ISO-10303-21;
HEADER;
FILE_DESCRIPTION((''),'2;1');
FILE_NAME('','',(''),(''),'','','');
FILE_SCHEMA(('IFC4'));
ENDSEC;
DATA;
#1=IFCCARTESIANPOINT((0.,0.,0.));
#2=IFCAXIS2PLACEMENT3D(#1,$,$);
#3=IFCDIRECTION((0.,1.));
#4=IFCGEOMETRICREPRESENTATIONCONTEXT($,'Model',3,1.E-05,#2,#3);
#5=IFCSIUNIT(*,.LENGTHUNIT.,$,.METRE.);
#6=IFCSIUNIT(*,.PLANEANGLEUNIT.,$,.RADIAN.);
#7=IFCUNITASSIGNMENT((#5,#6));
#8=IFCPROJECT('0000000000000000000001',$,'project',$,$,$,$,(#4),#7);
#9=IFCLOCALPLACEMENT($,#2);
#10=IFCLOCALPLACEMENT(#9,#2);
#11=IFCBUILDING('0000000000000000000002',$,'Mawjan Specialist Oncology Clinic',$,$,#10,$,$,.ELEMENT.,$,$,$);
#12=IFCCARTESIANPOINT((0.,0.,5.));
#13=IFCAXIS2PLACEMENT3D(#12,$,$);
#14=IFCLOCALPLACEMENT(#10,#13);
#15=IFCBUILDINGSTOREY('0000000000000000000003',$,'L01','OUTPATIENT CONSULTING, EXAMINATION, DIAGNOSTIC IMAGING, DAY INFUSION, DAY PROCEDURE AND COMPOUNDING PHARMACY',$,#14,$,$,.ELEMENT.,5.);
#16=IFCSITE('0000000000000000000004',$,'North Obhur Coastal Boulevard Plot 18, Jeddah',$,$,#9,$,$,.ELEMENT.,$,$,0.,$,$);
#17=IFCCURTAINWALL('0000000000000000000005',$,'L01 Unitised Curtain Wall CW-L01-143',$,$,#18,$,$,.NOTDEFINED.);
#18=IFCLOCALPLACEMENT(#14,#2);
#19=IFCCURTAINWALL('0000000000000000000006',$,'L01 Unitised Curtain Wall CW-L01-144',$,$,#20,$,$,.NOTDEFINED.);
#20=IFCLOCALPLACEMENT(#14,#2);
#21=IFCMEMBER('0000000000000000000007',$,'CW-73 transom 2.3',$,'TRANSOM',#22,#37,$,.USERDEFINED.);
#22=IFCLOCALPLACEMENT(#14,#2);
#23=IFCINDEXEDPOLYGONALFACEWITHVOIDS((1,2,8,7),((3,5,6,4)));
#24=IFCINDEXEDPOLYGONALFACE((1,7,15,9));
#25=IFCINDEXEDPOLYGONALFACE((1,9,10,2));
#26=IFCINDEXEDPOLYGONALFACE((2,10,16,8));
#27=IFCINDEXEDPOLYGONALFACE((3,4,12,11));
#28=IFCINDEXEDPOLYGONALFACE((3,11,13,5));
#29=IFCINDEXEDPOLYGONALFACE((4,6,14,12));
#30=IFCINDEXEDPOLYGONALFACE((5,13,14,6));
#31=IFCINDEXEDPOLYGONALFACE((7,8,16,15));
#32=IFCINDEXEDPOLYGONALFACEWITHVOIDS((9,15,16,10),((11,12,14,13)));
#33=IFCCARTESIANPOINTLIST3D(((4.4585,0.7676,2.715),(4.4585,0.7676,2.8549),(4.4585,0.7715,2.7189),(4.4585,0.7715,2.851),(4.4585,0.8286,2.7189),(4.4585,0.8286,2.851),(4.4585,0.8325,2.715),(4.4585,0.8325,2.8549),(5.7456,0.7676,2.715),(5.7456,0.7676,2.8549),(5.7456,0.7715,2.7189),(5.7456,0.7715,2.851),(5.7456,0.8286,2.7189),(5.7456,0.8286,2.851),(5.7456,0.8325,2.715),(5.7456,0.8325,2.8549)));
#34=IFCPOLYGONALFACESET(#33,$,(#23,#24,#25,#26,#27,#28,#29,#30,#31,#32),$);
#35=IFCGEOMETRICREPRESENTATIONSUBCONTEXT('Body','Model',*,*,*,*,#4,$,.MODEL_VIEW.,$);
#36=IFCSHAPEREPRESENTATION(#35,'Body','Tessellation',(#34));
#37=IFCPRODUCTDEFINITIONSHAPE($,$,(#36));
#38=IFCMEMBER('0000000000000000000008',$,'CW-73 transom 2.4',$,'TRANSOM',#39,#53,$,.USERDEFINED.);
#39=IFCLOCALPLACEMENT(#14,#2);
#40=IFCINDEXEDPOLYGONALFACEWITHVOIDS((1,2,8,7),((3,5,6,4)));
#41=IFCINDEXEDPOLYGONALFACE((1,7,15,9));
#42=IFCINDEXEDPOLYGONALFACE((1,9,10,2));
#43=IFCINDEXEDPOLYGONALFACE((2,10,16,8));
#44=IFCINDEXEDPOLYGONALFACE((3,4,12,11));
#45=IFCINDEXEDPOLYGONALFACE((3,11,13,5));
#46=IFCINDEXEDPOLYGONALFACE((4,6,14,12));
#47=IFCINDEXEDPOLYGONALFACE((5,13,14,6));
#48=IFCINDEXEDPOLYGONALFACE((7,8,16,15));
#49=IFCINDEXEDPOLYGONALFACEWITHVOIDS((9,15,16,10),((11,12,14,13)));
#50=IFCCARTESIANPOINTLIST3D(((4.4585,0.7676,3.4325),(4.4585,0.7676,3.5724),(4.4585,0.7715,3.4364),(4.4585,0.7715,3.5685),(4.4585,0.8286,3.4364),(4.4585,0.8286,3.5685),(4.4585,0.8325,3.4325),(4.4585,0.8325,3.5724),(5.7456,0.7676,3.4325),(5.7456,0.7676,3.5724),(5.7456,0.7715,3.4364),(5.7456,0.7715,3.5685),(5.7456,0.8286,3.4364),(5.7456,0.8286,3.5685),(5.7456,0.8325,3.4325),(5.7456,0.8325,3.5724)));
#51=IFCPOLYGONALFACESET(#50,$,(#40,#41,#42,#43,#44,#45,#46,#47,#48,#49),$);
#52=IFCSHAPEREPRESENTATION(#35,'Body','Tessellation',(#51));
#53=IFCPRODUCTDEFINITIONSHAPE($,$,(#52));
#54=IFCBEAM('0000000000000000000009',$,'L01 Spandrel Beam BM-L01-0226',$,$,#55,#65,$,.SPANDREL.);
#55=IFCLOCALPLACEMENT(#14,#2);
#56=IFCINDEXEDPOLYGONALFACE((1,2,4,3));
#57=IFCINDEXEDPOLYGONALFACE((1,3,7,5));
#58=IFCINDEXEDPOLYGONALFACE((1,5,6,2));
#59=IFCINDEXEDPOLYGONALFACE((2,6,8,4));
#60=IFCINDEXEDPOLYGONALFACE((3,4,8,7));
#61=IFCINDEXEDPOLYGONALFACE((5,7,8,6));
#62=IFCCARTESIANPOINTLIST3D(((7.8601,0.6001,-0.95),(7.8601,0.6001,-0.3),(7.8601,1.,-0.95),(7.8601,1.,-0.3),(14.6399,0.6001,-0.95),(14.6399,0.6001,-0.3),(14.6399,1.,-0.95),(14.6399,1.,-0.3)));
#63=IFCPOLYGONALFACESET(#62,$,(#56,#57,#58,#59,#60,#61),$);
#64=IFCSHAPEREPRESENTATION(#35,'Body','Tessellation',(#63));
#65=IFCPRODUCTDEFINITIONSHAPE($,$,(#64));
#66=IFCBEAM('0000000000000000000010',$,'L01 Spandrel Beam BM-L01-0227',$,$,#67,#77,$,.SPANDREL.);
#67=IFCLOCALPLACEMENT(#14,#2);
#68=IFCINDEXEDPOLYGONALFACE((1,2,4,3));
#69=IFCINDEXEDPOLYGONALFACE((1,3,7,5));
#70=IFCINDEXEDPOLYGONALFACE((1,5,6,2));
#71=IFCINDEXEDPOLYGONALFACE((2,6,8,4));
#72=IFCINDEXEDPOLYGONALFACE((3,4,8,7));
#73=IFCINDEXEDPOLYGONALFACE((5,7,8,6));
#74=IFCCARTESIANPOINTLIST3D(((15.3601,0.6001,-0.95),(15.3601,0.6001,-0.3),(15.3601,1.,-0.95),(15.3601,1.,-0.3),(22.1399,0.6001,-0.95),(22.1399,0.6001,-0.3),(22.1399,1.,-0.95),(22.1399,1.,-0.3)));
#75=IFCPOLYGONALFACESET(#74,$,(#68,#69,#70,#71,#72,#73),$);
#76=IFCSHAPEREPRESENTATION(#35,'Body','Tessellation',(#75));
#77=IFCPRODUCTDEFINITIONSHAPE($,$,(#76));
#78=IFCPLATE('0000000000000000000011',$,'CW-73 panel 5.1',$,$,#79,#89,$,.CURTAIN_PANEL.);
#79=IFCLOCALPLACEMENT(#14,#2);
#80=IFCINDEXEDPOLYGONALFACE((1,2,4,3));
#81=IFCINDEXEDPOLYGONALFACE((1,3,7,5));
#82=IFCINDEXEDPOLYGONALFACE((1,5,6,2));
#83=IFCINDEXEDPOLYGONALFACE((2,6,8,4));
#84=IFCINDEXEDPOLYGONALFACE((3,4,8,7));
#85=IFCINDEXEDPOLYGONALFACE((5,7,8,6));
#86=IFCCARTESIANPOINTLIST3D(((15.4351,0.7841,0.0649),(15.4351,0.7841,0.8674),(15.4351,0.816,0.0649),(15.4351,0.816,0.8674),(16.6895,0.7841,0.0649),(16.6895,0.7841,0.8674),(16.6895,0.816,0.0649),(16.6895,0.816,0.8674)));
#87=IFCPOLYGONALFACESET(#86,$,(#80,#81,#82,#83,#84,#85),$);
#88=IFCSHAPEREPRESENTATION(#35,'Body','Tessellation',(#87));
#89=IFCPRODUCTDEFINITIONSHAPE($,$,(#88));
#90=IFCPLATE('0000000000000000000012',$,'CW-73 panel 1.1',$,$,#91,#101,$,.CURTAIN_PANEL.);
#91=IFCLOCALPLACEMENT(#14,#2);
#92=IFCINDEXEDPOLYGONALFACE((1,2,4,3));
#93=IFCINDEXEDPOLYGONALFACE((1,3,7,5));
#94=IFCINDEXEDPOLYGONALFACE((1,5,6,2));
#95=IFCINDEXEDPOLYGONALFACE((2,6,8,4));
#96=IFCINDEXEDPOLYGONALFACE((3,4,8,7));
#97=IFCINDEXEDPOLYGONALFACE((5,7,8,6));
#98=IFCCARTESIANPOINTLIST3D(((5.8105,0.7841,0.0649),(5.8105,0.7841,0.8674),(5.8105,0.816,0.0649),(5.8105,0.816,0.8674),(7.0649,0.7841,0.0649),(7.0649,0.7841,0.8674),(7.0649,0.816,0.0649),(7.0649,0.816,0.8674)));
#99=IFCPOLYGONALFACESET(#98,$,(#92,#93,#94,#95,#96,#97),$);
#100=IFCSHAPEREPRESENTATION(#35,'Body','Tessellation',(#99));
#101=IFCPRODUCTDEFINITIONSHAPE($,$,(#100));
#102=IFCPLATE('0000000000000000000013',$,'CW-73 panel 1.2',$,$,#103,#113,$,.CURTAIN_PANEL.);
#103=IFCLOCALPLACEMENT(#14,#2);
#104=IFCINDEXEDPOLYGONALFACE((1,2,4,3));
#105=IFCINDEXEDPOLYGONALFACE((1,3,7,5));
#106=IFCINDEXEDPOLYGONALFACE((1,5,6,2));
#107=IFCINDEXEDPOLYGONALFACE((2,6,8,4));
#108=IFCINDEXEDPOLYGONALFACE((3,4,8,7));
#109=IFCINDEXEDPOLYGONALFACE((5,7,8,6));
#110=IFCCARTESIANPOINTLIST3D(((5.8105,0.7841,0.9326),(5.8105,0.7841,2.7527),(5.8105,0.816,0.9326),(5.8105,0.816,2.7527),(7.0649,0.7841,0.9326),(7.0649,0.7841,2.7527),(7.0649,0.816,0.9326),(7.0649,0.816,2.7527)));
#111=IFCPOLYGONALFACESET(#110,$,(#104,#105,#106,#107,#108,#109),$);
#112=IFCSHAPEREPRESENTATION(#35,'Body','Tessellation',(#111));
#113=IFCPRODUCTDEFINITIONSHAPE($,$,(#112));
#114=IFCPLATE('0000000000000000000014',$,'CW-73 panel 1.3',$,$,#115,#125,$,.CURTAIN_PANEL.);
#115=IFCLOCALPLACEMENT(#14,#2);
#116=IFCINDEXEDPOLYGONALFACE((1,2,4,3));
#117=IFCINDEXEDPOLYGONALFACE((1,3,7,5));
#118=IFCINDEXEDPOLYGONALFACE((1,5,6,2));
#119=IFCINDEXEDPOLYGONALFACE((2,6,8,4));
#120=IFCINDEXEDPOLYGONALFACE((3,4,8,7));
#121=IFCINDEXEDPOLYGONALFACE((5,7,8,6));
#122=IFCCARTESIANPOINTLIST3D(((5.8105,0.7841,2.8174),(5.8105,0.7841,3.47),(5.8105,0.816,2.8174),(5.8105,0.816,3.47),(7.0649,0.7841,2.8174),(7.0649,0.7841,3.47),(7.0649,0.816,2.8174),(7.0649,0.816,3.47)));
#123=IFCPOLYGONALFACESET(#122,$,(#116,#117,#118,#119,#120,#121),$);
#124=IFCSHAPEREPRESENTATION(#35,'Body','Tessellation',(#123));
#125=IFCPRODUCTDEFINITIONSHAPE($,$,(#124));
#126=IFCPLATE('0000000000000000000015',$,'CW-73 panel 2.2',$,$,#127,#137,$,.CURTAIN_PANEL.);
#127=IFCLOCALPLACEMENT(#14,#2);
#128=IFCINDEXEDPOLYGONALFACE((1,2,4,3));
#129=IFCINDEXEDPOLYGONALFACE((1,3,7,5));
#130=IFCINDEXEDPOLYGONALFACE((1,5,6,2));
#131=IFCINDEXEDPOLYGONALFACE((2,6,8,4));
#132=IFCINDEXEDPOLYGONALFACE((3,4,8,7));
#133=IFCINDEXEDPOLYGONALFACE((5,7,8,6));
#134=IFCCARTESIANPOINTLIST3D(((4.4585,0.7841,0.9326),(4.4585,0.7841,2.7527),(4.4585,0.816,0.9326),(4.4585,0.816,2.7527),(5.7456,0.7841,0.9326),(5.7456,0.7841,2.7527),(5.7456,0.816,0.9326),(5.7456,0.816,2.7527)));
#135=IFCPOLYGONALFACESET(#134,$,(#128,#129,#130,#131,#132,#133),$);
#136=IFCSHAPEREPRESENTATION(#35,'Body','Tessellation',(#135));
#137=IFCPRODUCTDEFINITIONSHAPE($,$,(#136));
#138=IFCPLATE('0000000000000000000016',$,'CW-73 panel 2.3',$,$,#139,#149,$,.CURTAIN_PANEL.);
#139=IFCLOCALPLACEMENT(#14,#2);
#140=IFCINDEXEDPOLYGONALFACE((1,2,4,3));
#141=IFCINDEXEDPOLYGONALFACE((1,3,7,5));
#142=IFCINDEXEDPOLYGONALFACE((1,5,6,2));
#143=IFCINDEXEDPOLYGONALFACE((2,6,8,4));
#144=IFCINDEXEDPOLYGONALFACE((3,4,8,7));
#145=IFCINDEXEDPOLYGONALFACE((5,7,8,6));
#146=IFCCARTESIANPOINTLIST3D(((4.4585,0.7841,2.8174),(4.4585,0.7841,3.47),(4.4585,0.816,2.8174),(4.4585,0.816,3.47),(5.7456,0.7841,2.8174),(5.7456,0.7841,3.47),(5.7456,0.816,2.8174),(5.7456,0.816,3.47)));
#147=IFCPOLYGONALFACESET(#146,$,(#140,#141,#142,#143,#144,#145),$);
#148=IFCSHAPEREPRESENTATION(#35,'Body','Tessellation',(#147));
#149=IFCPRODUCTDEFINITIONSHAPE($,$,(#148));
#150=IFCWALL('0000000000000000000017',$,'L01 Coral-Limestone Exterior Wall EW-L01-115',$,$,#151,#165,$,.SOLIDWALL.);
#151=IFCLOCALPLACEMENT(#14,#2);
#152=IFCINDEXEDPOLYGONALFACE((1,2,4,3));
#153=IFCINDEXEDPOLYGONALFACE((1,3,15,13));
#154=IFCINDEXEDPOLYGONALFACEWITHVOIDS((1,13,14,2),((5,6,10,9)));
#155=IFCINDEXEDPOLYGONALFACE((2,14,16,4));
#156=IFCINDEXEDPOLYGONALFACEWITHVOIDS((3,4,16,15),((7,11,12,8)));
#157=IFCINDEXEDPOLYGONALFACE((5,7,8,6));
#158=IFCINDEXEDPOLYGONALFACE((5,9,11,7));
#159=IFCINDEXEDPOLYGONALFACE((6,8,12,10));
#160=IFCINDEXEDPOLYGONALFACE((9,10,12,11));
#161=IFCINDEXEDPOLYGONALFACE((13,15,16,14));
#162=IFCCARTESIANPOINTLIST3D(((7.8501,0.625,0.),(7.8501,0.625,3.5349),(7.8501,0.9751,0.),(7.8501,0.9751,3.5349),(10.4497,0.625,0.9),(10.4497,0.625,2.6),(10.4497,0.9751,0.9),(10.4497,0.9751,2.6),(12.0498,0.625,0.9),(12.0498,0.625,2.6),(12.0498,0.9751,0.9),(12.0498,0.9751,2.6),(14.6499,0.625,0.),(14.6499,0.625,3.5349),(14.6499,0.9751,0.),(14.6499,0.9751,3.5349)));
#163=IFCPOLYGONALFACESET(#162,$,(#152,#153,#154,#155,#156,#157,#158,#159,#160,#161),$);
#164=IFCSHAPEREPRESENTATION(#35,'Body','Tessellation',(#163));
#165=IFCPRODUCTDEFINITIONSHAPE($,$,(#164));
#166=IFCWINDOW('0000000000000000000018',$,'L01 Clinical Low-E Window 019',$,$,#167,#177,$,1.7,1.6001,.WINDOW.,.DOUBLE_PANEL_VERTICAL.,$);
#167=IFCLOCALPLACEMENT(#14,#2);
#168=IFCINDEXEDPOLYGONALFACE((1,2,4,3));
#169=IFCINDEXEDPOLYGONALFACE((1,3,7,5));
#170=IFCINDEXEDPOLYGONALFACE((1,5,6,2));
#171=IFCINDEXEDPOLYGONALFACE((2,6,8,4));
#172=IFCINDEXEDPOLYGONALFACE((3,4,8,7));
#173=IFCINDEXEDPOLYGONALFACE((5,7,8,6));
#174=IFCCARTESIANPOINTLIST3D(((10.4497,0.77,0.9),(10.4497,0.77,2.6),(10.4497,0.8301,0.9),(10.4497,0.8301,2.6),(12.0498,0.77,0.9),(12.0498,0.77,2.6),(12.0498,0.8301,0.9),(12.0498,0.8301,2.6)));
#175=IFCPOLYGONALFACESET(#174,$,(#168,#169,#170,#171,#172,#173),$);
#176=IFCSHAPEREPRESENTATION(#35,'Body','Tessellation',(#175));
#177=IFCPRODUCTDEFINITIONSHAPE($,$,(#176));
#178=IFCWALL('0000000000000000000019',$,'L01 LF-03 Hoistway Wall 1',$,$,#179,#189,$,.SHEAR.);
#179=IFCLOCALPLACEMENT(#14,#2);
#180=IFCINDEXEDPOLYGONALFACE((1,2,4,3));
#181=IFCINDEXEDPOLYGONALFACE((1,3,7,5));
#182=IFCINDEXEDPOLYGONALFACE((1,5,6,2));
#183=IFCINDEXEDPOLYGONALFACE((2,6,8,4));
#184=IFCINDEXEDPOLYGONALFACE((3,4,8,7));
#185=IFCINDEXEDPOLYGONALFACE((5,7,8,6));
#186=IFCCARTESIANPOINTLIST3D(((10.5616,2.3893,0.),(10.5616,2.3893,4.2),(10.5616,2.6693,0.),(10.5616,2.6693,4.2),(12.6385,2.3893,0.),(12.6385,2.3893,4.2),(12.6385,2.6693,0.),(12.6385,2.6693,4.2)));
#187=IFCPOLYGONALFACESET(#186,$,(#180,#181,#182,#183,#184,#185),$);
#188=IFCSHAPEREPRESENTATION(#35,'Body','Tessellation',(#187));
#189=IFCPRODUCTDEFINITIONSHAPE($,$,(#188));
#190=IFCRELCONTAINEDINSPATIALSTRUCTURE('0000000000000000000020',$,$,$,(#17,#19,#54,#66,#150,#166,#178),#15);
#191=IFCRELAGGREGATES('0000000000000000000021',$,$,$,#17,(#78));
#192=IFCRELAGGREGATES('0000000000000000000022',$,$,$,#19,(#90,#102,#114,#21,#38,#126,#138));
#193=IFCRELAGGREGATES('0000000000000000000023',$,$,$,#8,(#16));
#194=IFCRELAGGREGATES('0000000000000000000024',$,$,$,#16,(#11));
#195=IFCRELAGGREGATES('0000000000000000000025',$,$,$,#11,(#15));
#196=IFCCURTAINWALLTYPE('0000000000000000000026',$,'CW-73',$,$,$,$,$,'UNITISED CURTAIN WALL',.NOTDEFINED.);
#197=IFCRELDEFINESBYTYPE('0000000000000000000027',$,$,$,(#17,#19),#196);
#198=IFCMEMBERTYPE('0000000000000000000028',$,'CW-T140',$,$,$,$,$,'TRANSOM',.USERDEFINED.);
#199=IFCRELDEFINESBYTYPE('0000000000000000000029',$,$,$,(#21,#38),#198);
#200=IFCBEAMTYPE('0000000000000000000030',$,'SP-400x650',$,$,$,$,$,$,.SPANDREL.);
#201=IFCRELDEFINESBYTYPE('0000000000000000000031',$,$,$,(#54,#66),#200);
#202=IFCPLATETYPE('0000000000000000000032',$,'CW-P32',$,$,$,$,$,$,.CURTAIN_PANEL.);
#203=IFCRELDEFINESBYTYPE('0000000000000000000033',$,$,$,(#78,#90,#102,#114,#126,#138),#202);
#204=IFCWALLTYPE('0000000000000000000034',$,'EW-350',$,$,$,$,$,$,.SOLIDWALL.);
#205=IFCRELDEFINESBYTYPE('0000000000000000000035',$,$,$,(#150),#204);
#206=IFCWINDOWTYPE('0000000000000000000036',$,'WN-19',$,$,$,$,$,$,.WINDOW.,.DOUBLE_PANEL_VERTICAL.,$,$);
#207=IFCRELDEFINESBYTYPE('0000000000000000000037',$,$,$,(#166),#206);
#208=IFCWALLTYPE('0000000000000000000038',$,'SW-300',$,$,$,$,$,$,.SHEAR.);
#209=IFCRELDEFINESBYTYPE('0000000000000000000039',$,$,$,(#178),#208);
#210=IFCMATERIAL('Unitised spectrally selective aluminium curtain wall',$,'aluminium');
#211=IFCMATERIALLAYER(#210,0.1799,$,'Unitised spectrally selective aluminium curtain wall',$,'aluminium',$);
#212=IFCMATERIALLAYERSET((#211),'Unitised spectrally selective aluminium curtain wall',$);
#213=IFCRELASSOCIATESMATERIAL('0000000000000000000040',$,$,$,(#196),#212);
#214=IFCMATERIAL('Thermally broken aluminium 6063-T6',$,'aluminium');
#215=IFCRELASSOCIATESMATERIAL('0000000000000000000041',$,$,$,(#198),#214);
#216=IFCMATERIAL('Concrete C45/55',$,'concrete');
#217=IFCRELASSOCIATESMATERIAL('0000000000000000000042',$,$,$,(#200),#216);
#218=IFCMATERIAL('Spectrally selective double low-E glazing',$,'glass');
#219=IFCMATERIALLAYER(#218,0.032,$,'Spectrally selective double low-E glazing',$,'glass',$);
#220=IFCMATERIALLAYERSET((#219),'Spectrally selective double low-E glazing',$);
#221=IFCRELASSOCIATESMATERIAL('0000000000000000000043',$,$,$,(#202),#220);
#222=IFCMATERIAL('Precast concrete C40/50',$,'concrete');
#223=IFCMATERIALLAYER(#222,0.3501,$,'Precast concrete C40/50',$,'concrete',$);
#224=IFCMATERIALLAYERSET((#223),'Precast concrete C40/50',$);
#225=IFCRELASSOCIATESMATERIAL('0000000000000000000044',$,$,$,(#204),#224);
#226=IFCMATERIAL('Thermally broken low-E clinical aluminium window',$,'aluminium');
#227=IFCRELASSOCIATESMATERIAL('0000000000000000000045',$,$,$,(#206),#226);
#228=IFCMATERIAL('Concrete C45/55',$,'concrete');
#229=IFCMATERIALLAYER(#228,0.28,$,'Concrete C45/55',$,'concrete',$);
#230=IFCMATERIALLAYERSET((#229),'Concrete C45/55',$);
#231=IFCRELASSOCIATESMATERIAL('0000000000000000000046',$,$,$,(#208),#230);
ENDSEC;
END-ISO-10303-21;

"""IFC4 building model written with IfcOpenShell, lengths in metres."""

from ifc_helpers import new_model, si_unit, direction, frame, frame_2d, origin, origin_2d, place, context, subcontext, project, spatial, rectangle, hollow_rectangle, extrude, material, layer, layer_set, material_profile, profile_set, type_object, element, fill, aggregate, save


model = new_model("IFC4")

# Units and contexts
model_context = context("Model", 3, precision=1e-05, world=origin(), true_north=direction((0.0, 1.0)))
body_context = subcontext(model_context, "Body", "Model", "MODEL_VIEW")
ifc_project = project(units=[si_unit("LENGTHUNIT", "METRE"), si_unit("PLANEANGLEUNIT", "RADIAN")], contexts=[model_context])

# Site, building, storey
site_placement = place(None, origin())
site = spatial("IfcSite", under=ifc_project, at=site_placement, Name="North Obhur Coastal Boulevard Plot 18, Jeddah", CompositionType="ELEMENT", RefElevation=0.0)
building_placement = place(site_placement, origin())
building = spatial("IfcBuilding", under=site, at=building_placement, Name="Mawjan Specialist Oncology Clinic", CompositionType="ELEMENT")
storey_placement = place(building_placement, frame((0.0, 0.0, 5.0)))
storey = spatial("IfcBuildingStorey", under=building, at=storey_placement, Name="L01", Description="OUTPATIENT CONSULTING, EXAMINATION, DIAGNOSTIC IMAGING, DAY INFUSION, DAY PROCEDURE AND COMPOUNDING PHARMACY", CompositionType="ELEMENT", Elevation=5.0)

# Curtain wall
ifc_material_1 = material(Name="Unitised spectrally selective aluminium curtain wall", Category="aluminium")
ifc_layer_1 = layer(ifc_material_1, 0.1799, Name="Unitised spectrally selective aluminium curtain wall", Category="aluminium")
ifc_layer_set_1 = layer_set([ifc_layer_1], Name="Unitised spectrally selective aluminium curtain wall")
curtain_wall_type = type_object("IfcCurtainWallType", Name="CW-73", ElementType="UNITISED CURTAIN WALL", PredefinedType="NOTDEFINED", material=ifc_layer_set_1)
curtain_wall_1_placement = place(storey_placement, origin())
curtain_wall_1 = element("IfcCurtainWall", 1, at=curtain_wall_1_placement, inside=storey, type_object=curtain_wall_type, Name="L01 Unitised Curtain Wall CW-L01-143", PredefinedType="NOTDEFINED")

# Curtain wall, members
curtain_wall_2_placement = place(storey_placement, origin())
curtain_wall_2 = element("IfcCurtainWall", 2, at=curtain_wall_2_placement, inside=storey, type_object=curtain_wall_type, Name="L01 Unitised Curtain Wall CW-L01-144", PredefinedType="NOTDEFINED")
ifc_material_2 = material(Name="Thermally broken aluminium 6063-T6", Category="aluminium")
ifc_material_profile_1 = material_profile(ifc_material_2, hollow_rectangle(XDim=0.0649, YDim=0.1399, WallThickness=0.0039, at=origin_2d()), Name="ALU TRANSOM 140x65x4", Category="aluminium")
ifc_profile_set_1 = profile_set([ifc_material_profile_1], Name="Thermally broken aluminium 6063-T6")
member_type_1 = type_object("IfcMemberType", Name="CW-T140", ElementType="TRANSOM", PredefinedType="USERDEFINED", material=ifc_profile_set_1)
member_1_placement = place(storey_placement, frame((5.7456, 0.8, 2.7849), z_axis=(-1.0, 0.0, 0.0), x_axis=(0.0, -1.0, 0.0)))
member_1 = element("IfcMember", 3, at=member_1_placement, type_object=member_type_1, Name="CW-73 transom 2.3", ObjectType="TRANSOM", PredefinedType="USERDEFINED", context=body_context, shape_type="SweptSolid", body=[
    extrude(hollow_rectangle(XDim=0.0649, YDim=0.1399, WallThickness=0.0039, at=origin_2d()), origin(), (0.0, 0.0, 1.0), 1.2871),
])
member_2_placement = place(storey_placement, frame((5.7456, 0.8, 3.5024), z_axis=(-1.0, 0.0, 0.0), x_axis=(0.0, -1.0, 0.0)))
member_2 = element("IfcMember", 4, at=member_2_placement, type_object=member_type_1, Name="CW-73 transom 2.4", ObjectType="TRANSOM", PredefinedType="USERDEFINED", context=body_context, shape_type="SweptSolid", body=[
    extrude(hollow_rectangle(XDim=0.0649, YDim=0.1399, WallThickness=0.0039, at=origin_2d()), origin(), (0.0, 0.0, 1.0), 1.2871),
])

# Beams
ifc_material_3 = material(Name="Concrete C45/55", Category="concrete")
ifc_material_profile_2 = material_profile(ifc_material_3, rectangle(XDim=0.3999, YDim=0.6499, at=origin_2d()), Name="RC BM 400x650", Category="concrete")
ifc_profile_set_2 = profile_set([ifc_material_profile_2], Name="Concrete C45/55")
beam_type = type_object("IfcBeamType", Name="SP-400x650", PredefinedType="SPANDREL", material=ifc_profile_set_2)
for number, where, z_axis, x_axis, name in (
    (5, (7.8601, 0.8, -0.625), (1.0, 0.0, 0.0), (0.0, 1.0, 0.0), "L01 Spandrel Beam BM-L01-0226"),
    (6, (15.3601, 0.8, -0.625), (1.0, 0.0, 0.0), (0.0, 1.0, 0.0), "L01 Spandrel Beam BM-L01-0227"),
):
    element("IfcBeam", number, at=place(storey_placement, frame(where, z_axis=z_axis, x_axis=x_axis)), inside=storey, type_object=beam_type, Name=name, PredefinedType="SPANDREL", context=body_context, shape_type="SweptSolid", body=[
        extrude(rectangle(XDim=0.3999, YDim=0.6499, at=origin_2d()), origin(), (0.0, 0.0, 1.0), 6.7798),
    ])

# Plates
ifc_material_4 = material(Name="Spectrally selective double low-E glazing", Category="glass")
ifc_layer_2 = layer(ifc_material_4, 0.032, Name="Spectrally selective double low-E glazing", Category="glass")
ifc_layer_set_2 = layer_set([ifc_layer_2], Name="Spectrally selective double low-E glazing")
plate_type = type_object("IfcPlateType", Name="CW-P32", PredefinedType="CURTAIN_PANEL", material=ifc_layer_set_2)
plate_1_placement = place(storey_placement, frame((16.0623, 0.8, 0.0649), z_axis=(0.0, 0.0, 1.0), x_axis=(-1.0, 0.0, 0.0)))
plate_1 = element("IfcPlate", 7, at=plate_1_placement, type_object=plate_type, Name="CW-73 panel 5.1", PredefinedType="CURTAIN_PANEL", context=body_context, shape_type="SweptSolid", body=[
    extrude(rectangle(XDim=1.2544, YDim=0.032, at=origin_2d()), origin(), (0.0, 0.0, 1.0), 0.8025),
])
aggregate(curtain_wall_1, [plate_1])
plate_2_placement = place(storey_placement, frame((6.4377, 0.8, 0.0649), z_axis=(0.0, 0.0, 1.0), x_axis=(-1.0, 0.0, 0.0)))
plate_2 = element("IfcPlate", 8, at=plate_2_placement, type_object=plate_type, Name="CW-73 panel 1.1", PredefinedType="CURTAIN_PANEL", context=body_context, shape_type="SweptSolid", body=[
    extrude(rectangle(XDim=1.2544, YDim=0.032, at=origin_2d()), origin(), (0.0, 0.0, 1.0), 0.8025),
])
plate_3_placement = place(storey_placement, frame((6.4377, 0.8, 0.9326), z_axis=(0.0, 0.0, 1.0), x_axis=(-1.0, 0.0, 0.0)))
plate_3 = element("IfcPlate", 9, at=plate_3_placement, type_object=plate_type, Name="CW-73 panel 1.2", PredefinedType="CURTAIN_PANEL", context=body_context, shape_type="SweptSolid", body=[
    extrude(rectangle(XDim=1.2544, YDim=0.032, at=origin_2d()), origin(), (0.0, 0.0, 1.0), 1.8201),
])
plate_4_placement = place(storey_placement, frame((6.4377, 0.8, 2.8174), z_axis=(0.0, 0.0, 1.0), x_axis=(-1.0, 0.0, 0.0)))
plate_4 = element("IfcPlate", 10, at=plate_4_placement, type_object=plate_type, Name="CW-73 panel 1.3", PredefinedType="CURTAIN_PANEL", context=body_context, shape_type="SweptSolid", body=[
    extrude(rectangle(XDim=1.2544, YDim=0.032, at=origin_2d()), origin(), (0.0, 0.0, 1.0), 0.6526),
])
plate_5_placement = place(storey_placement, frame((5.1021, 0.8, 0.9326), z_axis=(0.0, 0.0, 1.0), x_axis=(-1.0, 0.0, 0.0)))
plate_5 = element("IfcPlate", 11, at=plate_5_placement, type_object=plate_type, Name="CW-73 panel 2.2", PredefinedType="CURTAIN_PANEL", context=body_context, shape_type="SweptSolid", body=[
    extrude(rectangle(XDim=1.2871, YDim=0.032, at=origin_2d()), origin(), (0.0, 0.0, 1.0), 1.8201),
])
plate_6_placement = place(storey_placement, frame((5.1021, 0.8, 2.8174), z_axis=(0.0, 0.0, 1.0), x_axis=(-1.0, 0.0, 0.0)))
plate_6 = element("IfcPlate", 12, at=plate_6_placement, type_object=plate_type, Name="CW-73 panel 2.3", PredefinedType="CURTAIN_PANEL", context=body_context, shape_type="SweptSolid", body=[
    extrude(rectangle(XDim=1.2871, YDim=0.032, at=origin_2d()), origin(), (0.0, 0.0, 1.0), 0.6526),
])
aggregate(curtain_wall_2, [plate_2, plate_3, plate_4, member_1, member_2, plate_5, plate_6])

# Wall, opening, window
ifc_material_5 = material(Name="Precast concrete C40/50", Category="concrete")
ifc_layer_3 = layer(ifc_material_5, 0.3501, Name="Precast concrete C40/50", Category="concrete")
ifc_layer_set_3 = layer_set([ifc_layer_3], Name="Precast concrete C40/50")
wall_type_1 = type_object("IfcWallType", Name="EW-350", PredefinedType="SOLIDWALL", material=ifc_layer_set_3)
wall_1_placement = place(storey_placement, frame((14.6499, 0.8, 0.0), z_axis=(0.0, 0.0, 1.0), x_axis=(-1.0, 0.0, 0.0)))
wall_1 = element("IfcWall", 13, at=wall_1_placement, inside=storey, type_object=wall_type_1, Name="L01 Coral-Limestone Exterior Wall EW-L01-115", PredefinedType="SOLIDWALL", context=body_context, shape_type="SweptSolid", body=[
    extrude(rectangle(XDim=6.7998, YDim=0.3501, at=frame_2d((3.3999, 0.0))), origin(), (0.0, 0.0, 1.0), 3.5349),
])
opening_1_placement = place(wall_1_placement, frame((2.6001, 0.0, 0.8999)))
opening_1 = element("IfcOpeningElement", 14, at=opening_1_placement, cuts=wall_1, PredefinedType="OPENING", context=body_context, shape_type="SweptSolid", body=[
    extrude(rectangle(XDim=1.6001, YDim=1.7, at=frame_2d((0.8, 0.8501))), frame((0.0, 0.187, 0.0), z_axis=(0.0, -1.0, 0.0), x_axis=(1.0, 0.0, 0.0)), (0.0, 0.0, 1.0), 0.374),
])
ifc_material_6 = material(Name="Thermally broken low-E clinical aluminium window", Category="aluminium")
window_type = type_object("IfcWindowType", Name="WN-19", PartitioningType="DOUBLE_PANEL_VERTICAL", PredefinedType="WINDOW", material=ifc_material_6)
window_placement = place(opening_1_placement, origin())
window = element("IfcWindow", 15, at=window_placement, inside=storey, type_object=window_type, Name="L01 Clinical Low-E Window 019", OverallHeight=1.7, OverallWidth=1.6001, PartitioningType="DOUBLE_PANEL_VERTICAL", PredefinedType="WINDOW", context=body_context, shape_type="SweptSolid", body=[
    extrude(rectangle(XDim=1.6001, YDim=1.7, at=frame_2d((0.8, 0.8501))), frame((0.0, 0.03, 0.0), z_axis=(0.0, -1.0, 0.0), x_axis=(1.0, 0.0, 0.0)), (0.0, 0.0, 1.0), 0.0601),
])
fill(opening_1, window)

# Wall
ifc_material_7 = material(Name="Concrete C45/55", Category="concrete")
ifc_layer_4 = layer(ifc_material_7, 0.28, Name="Concrete C45/55", Category="concrete")
ifc_layer_set_4 = layer_set([ifc_layer_4], Name="Concrete C45/55")
wall_type_2 = type_object("IfcWallType", Name="SW-300", PredefinedType="SHEAR", material=ifc_layer_set_4)
wall_2_placement = place(storey_placement, frame((10.5615, 2.5293, 0.0), z_axis=(0.0, 0.0, 1.0), x_axis=(1.0, 0.0, 0.0)))
element("IfcWall", 16, at=wall_2_placement, inside=storey, type_object=wall_type_2, Name="L01 LF-03 Hoistway Wall 1", PredefinedType="SHEAR", context=body_context, shape_type="SweptSolid", body=[
    extrude(rectangle(XDim=2.0769, YDim=0.28, at=frame_2d((1.0386, 0.0))), origin(), (0.0, 0.0, 1.0), 4.2),
])

save(model, "model.ifc")
